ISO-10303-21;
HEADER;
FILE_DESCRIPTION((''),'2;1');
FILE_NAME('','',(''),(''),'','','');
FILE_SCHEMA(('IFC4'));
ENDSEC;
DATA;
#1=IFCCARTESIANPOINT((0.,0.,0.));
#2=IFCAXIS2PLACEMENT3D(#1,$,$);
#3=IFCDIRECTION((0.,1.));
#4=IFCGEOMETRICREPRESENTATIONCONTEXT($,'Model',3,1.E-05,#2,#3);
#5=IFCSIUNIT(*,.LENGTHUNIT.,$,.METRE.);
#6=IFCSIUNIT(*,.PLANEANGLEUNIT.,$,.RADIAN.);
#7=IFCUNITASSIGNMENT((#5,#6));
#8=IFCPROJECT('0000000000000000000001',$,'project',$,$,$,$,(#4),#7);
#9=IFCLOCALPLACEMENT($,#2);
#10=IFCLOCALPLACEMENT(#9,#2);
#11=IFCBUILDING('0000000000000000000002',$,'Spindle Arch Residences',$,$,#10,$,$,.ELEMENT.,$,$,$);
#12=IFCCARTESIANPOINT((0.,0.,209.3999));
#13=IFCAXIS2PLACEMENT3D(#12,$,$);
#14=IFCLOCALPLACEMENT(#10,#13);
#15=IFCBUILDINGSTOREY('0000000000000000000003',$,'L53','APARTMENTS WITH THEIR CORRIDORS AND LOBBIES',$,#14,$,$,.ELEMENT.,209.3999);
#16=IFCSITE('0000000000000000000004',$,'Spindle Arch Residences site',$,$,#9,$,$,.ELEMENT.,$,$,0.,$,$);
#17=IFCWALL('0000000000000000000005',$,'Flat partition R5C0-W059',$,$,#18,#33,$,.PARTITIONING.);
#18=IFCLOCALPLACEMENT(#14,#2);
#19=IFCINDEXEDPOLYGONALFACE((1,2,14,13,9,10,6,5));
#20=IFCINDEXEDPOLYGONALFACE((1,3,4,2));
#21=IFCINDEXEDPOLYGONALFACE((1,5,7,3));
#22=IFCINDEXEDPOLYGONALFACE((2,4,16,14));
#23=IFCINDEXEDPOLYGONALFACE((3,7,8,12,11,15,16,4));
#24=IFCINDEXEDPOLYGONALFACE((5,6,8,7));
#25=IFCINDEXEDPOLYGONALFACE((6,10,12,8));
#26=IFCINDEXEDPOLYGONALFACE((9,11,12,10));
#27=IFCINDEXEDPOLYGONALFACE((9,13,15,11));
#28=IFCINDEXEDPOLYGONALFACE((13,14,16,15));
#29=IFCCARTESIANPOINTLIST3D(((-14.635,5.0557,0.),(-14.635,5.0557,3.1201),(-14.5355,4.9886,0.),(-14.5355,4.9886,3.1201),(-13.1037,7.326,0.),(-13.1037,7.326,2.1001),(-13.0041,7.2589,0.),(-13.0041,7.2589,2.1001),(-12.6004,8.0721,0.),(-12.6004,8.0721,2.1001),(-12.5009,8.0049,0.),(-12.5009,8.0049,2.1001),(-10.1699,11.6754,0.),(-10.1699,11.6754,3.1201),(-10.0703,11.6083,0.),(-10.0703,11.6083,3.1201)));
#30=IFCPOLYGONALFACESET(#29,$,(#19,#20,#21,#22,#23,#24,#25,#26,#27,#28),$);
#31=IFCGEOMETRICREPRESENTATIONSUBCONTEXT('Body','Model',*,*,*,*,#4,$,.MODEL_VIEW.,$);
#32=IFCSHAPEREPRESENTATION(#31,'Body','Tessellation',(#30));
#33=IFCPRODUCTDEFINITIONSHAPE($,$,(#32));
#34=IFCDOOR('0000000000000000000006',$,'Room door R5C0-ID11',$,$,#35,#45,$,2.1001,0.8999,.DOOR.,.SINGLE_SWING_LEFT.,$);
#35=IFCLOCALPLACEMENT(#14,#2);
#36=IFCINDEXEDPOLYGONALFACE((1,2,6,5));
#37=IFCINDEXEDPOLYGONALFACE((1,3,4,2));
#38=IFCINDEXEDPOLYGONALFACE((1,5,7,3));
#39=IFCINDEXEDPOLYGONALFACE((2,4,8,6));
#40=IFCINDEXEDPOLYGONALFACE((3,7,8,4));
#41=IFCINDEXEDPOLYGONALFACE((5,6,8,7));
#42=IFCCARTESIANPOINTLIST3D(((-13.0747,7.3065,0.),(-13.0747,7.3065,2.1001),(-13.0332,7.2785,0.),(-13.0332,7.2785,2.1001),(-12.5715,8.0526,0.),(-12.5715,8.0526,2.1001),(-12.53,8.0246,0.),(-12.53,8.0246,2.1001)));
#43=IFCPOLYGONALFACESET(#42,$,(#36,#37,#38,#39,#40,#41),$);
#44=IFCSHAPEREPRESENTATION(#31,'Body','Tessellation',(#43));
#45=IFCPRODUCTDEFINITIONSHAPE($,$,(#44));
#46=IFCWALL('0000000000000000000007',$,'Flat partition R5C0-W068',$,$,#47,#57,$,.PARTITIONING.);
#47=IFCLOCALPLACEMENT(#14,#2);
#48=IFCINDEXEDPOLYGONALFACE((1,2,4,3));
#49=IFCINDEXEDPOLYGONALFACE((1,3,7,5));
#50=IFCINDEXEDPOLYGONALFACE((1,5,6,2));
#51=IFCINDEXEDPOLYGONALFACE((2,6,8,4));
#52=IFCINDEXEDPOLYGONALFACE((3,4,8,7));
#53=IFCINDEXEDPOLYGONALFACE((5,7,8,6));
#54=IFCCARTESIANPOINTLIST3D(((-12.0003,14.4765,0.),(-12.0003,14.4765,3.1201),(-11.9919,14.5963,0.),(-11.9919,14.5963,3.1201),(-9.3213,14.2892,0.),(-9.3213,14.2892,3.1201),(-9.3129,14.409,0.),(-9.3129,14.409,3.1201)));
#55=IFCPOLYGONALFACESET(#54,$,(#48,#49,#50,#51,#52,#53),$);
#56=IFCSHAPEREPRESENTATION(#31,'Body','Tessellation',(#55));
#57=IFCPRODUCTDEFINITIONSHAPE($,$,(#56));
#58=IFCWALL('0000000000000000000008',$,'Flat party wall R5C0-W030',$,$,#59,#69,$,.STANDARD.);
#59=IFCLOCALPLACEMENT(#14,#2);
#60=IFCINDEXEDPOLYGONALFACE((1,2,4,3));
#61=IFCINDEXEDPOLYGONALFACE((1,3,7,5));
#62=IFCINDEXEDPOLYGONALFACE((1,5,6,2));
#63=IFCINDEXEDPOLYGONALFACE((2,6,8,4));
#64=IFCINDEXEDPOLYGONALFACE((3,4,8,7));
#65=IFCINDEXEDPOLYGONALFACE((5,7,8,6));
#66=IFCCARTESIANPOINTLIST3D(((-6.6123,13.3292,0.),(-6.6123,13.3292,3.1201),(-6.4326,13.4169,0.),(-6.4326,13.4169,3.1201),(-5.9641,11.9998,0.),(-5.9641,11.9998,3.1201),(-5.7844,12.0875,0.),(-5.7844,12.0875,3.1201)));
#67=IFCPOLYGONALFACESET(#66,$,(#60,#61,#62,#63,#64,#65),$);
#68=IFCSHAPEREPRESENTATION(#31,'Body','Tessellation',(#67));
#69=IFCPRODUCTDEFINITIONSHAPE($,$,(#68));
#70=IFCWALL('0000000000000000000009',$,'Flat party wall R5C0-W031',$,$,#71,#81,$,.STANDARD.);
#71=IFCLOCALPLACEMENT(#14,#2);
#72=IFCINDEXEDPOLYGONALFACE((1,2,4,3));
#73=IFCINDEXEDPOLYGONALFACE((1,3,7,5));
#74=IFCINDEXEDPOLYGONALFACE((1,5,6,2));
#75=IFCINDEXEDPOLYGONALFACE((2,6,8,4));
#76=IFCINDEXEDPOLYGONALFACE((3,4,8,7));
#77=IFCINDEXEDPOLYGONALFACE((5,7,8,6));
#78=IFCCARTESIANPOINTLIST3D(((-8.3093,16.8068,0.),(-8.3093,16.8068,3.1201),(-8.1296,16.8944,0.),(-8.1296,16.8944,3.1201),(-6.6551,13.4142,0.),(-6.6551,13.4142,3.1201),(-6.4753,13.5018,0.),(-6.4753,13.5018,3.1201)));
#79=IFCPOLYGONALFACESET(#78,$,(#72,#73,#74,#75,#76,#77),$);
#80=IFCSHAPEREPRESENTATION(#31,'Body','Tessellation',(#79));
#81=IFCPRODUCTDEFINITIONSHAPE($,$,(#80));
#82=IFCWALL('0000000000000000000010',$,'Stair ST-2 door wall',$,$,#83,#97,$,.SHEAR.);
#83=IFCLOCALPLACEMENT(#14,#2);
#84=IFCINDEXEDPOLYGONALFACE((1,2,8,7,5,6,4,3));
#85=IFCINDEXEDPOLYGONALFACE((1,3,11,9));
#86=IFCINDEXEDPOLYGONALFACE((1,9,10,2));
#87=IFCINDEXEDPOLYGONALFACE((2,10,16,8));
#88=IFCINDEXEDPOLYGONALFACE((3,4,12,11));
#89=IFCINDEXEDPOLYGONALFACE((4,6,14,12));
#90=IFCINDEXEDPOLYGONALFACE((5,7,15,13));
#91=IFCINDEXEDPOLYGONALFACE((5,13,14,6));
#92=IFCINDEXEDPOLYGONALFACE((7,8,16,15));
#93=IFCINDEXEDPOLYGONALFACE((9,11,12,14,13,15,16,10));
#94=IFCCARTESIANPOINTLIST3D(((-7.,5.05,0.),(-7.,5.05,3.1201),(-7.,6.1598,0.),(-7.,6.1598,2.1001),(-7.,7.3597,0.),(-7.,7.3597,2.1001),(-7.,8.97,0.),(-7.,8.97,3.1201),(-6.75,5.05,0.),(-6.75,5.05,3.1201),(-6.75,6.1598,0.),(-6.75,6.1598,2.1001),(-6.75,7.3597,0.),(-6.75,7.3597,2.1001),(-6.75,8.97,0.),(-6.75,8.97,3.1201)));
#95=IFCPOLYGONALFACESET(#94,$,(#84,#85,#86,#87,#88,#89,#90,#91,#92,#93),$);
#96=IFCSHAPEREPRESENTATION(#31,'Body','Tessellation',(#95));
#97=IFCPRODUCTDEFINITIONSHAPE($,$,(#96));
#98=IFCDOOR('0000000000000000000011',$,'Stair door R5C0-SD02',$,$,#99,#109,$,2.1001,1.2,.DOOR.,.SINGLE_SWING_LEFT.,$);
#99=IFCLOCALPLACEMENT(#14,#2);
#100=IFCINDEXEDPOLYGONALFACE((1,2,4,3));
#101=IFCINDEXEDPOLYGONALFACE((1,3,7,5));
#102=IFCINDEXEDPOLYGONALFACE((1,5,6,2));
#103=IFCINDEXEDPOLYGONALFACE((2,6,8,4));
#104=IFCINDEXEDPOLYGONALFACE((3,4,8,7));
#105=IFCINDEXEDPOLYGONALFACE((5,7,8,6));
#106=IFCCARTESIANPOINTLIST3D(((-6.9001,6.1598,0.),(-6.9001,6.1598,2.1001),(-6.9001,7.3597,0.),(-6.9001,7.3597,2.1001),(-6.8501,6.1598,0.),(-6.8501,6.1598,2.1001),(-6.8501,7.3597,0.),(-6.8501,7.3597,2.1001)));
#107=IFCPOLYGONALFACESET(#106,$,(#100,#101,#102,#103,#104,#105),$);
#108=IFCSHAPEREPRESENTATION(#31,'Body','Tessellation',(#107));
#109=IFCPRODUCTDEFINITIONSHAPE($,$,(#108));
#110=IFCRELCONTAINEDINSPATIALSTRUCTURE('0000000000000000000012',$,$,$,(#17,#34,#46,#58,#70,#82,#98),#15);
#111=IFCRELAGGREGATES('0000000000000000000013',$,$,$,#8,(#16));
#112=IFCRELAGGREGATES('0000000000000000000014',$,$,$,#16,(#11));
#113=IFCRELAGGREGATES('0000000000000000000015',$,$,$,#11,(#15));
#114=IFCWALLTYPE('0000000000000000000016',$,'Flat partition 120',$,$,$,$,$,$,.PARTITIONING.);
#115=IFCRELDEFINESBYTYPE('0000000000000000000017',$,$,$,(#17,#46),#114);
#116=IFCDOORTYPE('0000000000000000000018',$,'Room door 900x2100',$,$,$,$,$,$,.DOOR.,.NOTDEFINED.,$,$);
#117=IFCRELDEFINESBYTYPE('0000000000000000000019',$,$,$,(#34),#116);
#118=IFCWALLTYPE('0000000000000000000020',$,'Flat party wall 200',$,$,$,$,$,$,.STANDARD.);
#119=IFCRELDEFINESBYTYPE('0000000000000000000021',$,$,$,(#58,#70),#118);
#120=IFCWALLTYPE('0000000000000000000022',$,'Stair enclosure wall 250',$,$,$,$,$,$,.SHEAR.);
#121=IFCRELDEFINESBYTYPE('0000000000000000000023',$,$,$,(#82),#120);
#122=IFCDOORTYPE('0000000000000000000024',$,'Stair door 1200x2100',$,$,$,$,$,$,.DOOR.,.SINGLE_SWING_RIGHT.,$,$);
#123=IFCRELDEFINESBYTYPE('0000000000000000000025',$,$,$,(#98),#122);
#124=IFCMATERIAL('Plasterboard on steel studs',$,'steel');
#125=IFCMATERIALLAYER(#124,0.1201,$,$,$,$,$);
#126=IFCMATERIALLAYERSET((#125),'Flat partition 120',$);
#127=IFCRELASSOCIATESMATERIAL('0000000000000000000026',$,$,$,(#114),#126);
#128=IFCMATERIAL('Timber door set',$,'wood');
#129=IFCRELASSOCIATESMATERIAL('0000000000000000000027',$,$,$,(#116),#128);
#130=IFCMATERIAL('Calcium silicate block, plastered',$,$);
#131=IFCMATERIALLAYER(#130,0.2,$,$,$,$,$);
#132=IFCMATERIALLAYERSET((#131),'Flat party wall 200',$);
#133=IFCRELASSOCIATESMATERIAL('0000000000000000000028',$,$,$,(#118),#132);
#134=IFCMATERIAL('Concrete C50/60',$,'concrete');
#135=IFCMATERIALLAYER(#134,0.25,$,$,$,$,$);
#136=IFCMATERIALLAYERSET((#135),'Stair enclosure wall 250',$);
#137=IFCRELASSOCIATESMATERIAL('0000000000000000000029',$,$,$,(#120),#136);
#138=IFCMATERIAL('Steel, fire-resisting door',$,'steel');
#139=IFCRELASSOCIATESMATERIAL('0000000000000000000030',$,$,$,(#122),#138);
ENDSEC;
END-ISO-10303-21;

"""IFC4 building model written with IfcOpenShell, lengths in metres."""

from ifc_helpers import new_model, si_unit, direction, frame, frame_2d, origin, place, context, subcontext, project, spatial, rectangle, extrude, material, layer, layer_set, type_object, element, fill, save


model = new_model("IFC4")

# Units and contexts
model_context = context("Model", 3, precision=1e-05, world=origin(), true_north=direction((0.0, 1.0)))
body_context = subcontext(model_context, "Body", "Model", "MODEL_VIEW")
ifc_project = project(units=[si_unit("LENGTHUNIT", "METRE"), si_unit("PLANEANGLEUNIT", "RADIAN")], contexts=[model_context])

# Site, building, storey
site_placement = place(None, origin())
site = spatial("IfcSite", under=ifc_project, at=site_placement, Name="Spindle Arch Residences site", CompositionType="ELEMENT", RefElevation=0.0)
building_placement = place(site_placement, origin())
building = spatial("IfcBuilding", under=site, at=building_placement, Name="Spindle Arch Residences", CompositionType="ELEMENT")
storey_placement = place(building_placement, frame((0.0, 0.0, 209.3999)))
storey = spatial("IfcBuildingStorey", under=building, at=storey_placement, Name="L53", Description="APARTMENTS WITH THEIR CORRIDORS AND LOBBIES", CompositionType="ELEMENT", Elevation=209.3999)

# Shared definitions
ifc_material_1 = material(Name="Plasterboard on steel studs", Category="steel")
ifc_layer_1 = layer(ifc_material_1, 0.1201)
ifc_layer_set_1 = layer_set([ifc_layer_1], Name="Flat partition 120")
wall_type_1 = type_object("IfcWallType", Name="Flat partition 120", PredefinedType="PARTITIONING", material=ifc_layer_set_1)

# Shared definitions
ifc_material_2 = material(Name="Timber door set", Category="wood")
door_type_1 = type_object("IfcDoorType", Name="Room door 900x2100", OperationType="NOTDEFINED", PredefinedType="DOOR", material=ifc_material_2)

# Wall, opening, door
wall_1_placement = place(storey_placement, frame((-10.1201, 11.6418, 0.0), z_axis=(0.0, 0.0, 1.0), x_axis=(-0.559201, -0.829032, 0.0)))
wall_1 = element("IfcWall", 1, at=wall_1_placement, inside=storey, type_object=wall_type_1, Name="Flat partition R5C0-W059", PredefinedType="PARTITIONING", context=body_context, shape_type="SweptSolid", body=[
    extrude(rectangle(XDim=7.9849, YDim=0.1201, at=frame_2d((3.9924, 0.0))), origin(), (0.0, 0.0, 1.0), 3.1201),
])
opening_1_placement = place(wall_1_placement, frame((4.3464, 0.0, 0.0)))
opening_1 = element("IfcOpeningElement", 2, at=opening_1_placement, cuts=wall_1, PredefinedType="OPENING", context=body_context, shape_type="SweptSolid", body=[
    extrude(rectangle(XDim=0.8999, YDim=2.1001, at=frame_2d((0.45, 1.05))), frame((0.0, 0.0701, 0.0), z_axis=(0.0, -1.0, 0.0), x_axis=(1.0, 0.0, 0.0)), (0.0, 0.0, 1.0), 0.1401),
])
door_1_placement = place(opening_1_placement, origin())
door_1 = element("IfcDoor", 3, at=door_1_placement, inside=storey, type_object=door_type_1, Name="Room door R5C0-ID11", OperationType="SINGLE_SWING_LEFT", OverallHeight=2.1001, OverallWidth=0.8999, PredefinedType="DOOR", context=body_context, shape_type="SweptSolid", body=[
    extrude(rectangle(XDim=0.8999, YDim=2.1001, at=frame_2d((0.45, 1.05))), frame((0.0, 0.0249, 0.0), z_axis=(0.0, -1.0, 0.0), x_axis=(1.0, 0.0, 0.0)), (0.0, 0.0, 1.0), 0.05),
])
fill(opening_1, door_1)

# Walls
wall_2_placement = place(storey_placement, frame((-11.9961, 14.5364, 0.0), z_axis=(0.0, 0.0, 1.0), x_axis=(0.997566, -0.069729, 0.0)))
element("IfcWall", 4, at=wall_2_placement, inside=storey, type_object=wall_type_1, Name="Flat partition R5C0-W068", PredefinedType="PARTITIONING", context=body_context, shape_type="SweptSolid", body=[
    extrude(rectangle(XDim=2.6855, YDim=0.1201, at=frame_2d((1.3428, 0.0))), origin(), (0.0, 0.0, 1.0), 3.1201),
])
ifc_material_3 = material(Name="Calcium silicate block, plastered")
ifc_layer_2 = layer(ifc_material_3, 0.2)
ifc_layer_set_2 = layer_set([ifc_layer_2], Name="Flat party wall 200")
wall_type_2 = type_object("IfcWallType", Name="Flat party wall 200", PredefinedType="STANDARD", material=ifc_layer_set_2)
wall_3_placement = place(storey_placement, frame((-6.5225, 13.373, 0.0), z_axis=(0.0, 0.0, 1.0), x_axis=(0.438277, -0.89884, 0.0)))
element("IfcWall", 5, at=wall_3_placement, inside=storey, type_object=wall_type_2, Name="Flat party wall R5C0-W030", PredefinedType="STANDARD", context=body_context, shape_type="SweptSolid", body=[
    extrude(rectangle(XDim=1.479, YDim=0.2, at=frame_2d((0.7395, 0.0))), origin(), (0.0, 0.0, 1.0), 3.1201),
])
wall_4_placement = place(storey_placement, frame((-8.2195, 16.8506, 0.0), z_axis=(0.0, 0.0, 1.0), x_axis=(0.438291, -0.898833, 0.0)))
element("IfcWall", 6, at=wall_4_placement, inside=storey, type_object=wall_type_2, Name="Flat party wall R5C0-W031", PredefinedType="STANDARD", context=body_context, shape_type="SweptSolid", body=[
    extrude(rectangle(XDim=3.7744, YDim=0.2, at=frame_2d((1.8872, 0.0))), origin(), (0.0, 0.0, 1.0), 3.1201),
])

# Wall, opening, door
ifc_material_4 = material(Name="Concrete C50/60", Category="concrete")
ifc_layer_3 = layer(ifc_material_4, 0.25)
ifc_layer_set_3 = layer_set([ifc_layer_3], Name="Stair enclosure wall 250")
wall_type_3 = type_object("IfcWallType", Name="Stair enclosure wall 250", PredefinedType="SHEAR", material=ifc_layer_set_3)
wall_5_placement = place(storey_placement, frame((-6.875, 8.97, 0.0), z_axis=(0.0, 0.0, 1.0), x_axis=(0.0, -1.0, 0.0)))
wall_5 = element("IfcWall", 7, at=wall_5_placement, inside=storey, type_object=wall_type_3, Name="Stair ST-2 door wall", PredefinedType="SHEAR", context=body_context, shape_type="SweptSolid", body=[
    extrude(rectangle(XDim=3.9199, YDim=0.25, at=frame_2d((1.96, 0.0))), origin(), (0.0, 0.0, 1.0), 3.1201),
])
opening_2_placement = place(wall_5_placement, frame((1.6101, 0.0, 0.0)))
opening_2 = element("IfcOpeningElement", 8, at=opening_2_placement, cuts=wall_5, PredefinedType="OPENING", context=body_context, shape_type="SweptSolid", body=[
    extrude(rectangle(XDim=1.2, YDim=2.1001, at=frame_2d((0.6001, 1.05))), frame((0.0, 0.135, 0.0), z_axis=(0.0, -1.0, 0.0), x_axis=(1.0, 0.0, 0.0)), (0.0, 0.0, 1.0), 0.27),
])
ifc_material_5 = material(Name="Steel, fire-resisting door", Category="steel")
door_type_2 = type_object("IfcDoorType", Name="Stair door 1200x2100", OperationType="SINGLE_SWING_RIGHT", PredefinedType="DOOR", material=ifc_material_5)
door_2_placement = place(opening_2_placement, origin())
door_2 = element("IfcDoor", 9, at=door_2_placement, inside=storey, type_object=door_type_2, Name="Stair door R5C0-SD02", OperationType="SINGLE_SWING_LEFT", OverallHeight=2.1001, OverallWidth=1.2, PredefinedType="DOOR", context=body_context, shape_type="SweptSolid", body=[
    extrude(rectangle(XDim=1.2, YDim=2.1001, at=frame_2d((0.6001, 1.05))), frame((0.0, 0.0249, 0.0), z_axis=(0.0, -1.0, 0.0), x_axis=(1.0, 0.0, 0.0)), (0.0, 0.0, 1.0), 0.05),
])
fill(opening_2, door_2)

save(model, "model.ifc")
